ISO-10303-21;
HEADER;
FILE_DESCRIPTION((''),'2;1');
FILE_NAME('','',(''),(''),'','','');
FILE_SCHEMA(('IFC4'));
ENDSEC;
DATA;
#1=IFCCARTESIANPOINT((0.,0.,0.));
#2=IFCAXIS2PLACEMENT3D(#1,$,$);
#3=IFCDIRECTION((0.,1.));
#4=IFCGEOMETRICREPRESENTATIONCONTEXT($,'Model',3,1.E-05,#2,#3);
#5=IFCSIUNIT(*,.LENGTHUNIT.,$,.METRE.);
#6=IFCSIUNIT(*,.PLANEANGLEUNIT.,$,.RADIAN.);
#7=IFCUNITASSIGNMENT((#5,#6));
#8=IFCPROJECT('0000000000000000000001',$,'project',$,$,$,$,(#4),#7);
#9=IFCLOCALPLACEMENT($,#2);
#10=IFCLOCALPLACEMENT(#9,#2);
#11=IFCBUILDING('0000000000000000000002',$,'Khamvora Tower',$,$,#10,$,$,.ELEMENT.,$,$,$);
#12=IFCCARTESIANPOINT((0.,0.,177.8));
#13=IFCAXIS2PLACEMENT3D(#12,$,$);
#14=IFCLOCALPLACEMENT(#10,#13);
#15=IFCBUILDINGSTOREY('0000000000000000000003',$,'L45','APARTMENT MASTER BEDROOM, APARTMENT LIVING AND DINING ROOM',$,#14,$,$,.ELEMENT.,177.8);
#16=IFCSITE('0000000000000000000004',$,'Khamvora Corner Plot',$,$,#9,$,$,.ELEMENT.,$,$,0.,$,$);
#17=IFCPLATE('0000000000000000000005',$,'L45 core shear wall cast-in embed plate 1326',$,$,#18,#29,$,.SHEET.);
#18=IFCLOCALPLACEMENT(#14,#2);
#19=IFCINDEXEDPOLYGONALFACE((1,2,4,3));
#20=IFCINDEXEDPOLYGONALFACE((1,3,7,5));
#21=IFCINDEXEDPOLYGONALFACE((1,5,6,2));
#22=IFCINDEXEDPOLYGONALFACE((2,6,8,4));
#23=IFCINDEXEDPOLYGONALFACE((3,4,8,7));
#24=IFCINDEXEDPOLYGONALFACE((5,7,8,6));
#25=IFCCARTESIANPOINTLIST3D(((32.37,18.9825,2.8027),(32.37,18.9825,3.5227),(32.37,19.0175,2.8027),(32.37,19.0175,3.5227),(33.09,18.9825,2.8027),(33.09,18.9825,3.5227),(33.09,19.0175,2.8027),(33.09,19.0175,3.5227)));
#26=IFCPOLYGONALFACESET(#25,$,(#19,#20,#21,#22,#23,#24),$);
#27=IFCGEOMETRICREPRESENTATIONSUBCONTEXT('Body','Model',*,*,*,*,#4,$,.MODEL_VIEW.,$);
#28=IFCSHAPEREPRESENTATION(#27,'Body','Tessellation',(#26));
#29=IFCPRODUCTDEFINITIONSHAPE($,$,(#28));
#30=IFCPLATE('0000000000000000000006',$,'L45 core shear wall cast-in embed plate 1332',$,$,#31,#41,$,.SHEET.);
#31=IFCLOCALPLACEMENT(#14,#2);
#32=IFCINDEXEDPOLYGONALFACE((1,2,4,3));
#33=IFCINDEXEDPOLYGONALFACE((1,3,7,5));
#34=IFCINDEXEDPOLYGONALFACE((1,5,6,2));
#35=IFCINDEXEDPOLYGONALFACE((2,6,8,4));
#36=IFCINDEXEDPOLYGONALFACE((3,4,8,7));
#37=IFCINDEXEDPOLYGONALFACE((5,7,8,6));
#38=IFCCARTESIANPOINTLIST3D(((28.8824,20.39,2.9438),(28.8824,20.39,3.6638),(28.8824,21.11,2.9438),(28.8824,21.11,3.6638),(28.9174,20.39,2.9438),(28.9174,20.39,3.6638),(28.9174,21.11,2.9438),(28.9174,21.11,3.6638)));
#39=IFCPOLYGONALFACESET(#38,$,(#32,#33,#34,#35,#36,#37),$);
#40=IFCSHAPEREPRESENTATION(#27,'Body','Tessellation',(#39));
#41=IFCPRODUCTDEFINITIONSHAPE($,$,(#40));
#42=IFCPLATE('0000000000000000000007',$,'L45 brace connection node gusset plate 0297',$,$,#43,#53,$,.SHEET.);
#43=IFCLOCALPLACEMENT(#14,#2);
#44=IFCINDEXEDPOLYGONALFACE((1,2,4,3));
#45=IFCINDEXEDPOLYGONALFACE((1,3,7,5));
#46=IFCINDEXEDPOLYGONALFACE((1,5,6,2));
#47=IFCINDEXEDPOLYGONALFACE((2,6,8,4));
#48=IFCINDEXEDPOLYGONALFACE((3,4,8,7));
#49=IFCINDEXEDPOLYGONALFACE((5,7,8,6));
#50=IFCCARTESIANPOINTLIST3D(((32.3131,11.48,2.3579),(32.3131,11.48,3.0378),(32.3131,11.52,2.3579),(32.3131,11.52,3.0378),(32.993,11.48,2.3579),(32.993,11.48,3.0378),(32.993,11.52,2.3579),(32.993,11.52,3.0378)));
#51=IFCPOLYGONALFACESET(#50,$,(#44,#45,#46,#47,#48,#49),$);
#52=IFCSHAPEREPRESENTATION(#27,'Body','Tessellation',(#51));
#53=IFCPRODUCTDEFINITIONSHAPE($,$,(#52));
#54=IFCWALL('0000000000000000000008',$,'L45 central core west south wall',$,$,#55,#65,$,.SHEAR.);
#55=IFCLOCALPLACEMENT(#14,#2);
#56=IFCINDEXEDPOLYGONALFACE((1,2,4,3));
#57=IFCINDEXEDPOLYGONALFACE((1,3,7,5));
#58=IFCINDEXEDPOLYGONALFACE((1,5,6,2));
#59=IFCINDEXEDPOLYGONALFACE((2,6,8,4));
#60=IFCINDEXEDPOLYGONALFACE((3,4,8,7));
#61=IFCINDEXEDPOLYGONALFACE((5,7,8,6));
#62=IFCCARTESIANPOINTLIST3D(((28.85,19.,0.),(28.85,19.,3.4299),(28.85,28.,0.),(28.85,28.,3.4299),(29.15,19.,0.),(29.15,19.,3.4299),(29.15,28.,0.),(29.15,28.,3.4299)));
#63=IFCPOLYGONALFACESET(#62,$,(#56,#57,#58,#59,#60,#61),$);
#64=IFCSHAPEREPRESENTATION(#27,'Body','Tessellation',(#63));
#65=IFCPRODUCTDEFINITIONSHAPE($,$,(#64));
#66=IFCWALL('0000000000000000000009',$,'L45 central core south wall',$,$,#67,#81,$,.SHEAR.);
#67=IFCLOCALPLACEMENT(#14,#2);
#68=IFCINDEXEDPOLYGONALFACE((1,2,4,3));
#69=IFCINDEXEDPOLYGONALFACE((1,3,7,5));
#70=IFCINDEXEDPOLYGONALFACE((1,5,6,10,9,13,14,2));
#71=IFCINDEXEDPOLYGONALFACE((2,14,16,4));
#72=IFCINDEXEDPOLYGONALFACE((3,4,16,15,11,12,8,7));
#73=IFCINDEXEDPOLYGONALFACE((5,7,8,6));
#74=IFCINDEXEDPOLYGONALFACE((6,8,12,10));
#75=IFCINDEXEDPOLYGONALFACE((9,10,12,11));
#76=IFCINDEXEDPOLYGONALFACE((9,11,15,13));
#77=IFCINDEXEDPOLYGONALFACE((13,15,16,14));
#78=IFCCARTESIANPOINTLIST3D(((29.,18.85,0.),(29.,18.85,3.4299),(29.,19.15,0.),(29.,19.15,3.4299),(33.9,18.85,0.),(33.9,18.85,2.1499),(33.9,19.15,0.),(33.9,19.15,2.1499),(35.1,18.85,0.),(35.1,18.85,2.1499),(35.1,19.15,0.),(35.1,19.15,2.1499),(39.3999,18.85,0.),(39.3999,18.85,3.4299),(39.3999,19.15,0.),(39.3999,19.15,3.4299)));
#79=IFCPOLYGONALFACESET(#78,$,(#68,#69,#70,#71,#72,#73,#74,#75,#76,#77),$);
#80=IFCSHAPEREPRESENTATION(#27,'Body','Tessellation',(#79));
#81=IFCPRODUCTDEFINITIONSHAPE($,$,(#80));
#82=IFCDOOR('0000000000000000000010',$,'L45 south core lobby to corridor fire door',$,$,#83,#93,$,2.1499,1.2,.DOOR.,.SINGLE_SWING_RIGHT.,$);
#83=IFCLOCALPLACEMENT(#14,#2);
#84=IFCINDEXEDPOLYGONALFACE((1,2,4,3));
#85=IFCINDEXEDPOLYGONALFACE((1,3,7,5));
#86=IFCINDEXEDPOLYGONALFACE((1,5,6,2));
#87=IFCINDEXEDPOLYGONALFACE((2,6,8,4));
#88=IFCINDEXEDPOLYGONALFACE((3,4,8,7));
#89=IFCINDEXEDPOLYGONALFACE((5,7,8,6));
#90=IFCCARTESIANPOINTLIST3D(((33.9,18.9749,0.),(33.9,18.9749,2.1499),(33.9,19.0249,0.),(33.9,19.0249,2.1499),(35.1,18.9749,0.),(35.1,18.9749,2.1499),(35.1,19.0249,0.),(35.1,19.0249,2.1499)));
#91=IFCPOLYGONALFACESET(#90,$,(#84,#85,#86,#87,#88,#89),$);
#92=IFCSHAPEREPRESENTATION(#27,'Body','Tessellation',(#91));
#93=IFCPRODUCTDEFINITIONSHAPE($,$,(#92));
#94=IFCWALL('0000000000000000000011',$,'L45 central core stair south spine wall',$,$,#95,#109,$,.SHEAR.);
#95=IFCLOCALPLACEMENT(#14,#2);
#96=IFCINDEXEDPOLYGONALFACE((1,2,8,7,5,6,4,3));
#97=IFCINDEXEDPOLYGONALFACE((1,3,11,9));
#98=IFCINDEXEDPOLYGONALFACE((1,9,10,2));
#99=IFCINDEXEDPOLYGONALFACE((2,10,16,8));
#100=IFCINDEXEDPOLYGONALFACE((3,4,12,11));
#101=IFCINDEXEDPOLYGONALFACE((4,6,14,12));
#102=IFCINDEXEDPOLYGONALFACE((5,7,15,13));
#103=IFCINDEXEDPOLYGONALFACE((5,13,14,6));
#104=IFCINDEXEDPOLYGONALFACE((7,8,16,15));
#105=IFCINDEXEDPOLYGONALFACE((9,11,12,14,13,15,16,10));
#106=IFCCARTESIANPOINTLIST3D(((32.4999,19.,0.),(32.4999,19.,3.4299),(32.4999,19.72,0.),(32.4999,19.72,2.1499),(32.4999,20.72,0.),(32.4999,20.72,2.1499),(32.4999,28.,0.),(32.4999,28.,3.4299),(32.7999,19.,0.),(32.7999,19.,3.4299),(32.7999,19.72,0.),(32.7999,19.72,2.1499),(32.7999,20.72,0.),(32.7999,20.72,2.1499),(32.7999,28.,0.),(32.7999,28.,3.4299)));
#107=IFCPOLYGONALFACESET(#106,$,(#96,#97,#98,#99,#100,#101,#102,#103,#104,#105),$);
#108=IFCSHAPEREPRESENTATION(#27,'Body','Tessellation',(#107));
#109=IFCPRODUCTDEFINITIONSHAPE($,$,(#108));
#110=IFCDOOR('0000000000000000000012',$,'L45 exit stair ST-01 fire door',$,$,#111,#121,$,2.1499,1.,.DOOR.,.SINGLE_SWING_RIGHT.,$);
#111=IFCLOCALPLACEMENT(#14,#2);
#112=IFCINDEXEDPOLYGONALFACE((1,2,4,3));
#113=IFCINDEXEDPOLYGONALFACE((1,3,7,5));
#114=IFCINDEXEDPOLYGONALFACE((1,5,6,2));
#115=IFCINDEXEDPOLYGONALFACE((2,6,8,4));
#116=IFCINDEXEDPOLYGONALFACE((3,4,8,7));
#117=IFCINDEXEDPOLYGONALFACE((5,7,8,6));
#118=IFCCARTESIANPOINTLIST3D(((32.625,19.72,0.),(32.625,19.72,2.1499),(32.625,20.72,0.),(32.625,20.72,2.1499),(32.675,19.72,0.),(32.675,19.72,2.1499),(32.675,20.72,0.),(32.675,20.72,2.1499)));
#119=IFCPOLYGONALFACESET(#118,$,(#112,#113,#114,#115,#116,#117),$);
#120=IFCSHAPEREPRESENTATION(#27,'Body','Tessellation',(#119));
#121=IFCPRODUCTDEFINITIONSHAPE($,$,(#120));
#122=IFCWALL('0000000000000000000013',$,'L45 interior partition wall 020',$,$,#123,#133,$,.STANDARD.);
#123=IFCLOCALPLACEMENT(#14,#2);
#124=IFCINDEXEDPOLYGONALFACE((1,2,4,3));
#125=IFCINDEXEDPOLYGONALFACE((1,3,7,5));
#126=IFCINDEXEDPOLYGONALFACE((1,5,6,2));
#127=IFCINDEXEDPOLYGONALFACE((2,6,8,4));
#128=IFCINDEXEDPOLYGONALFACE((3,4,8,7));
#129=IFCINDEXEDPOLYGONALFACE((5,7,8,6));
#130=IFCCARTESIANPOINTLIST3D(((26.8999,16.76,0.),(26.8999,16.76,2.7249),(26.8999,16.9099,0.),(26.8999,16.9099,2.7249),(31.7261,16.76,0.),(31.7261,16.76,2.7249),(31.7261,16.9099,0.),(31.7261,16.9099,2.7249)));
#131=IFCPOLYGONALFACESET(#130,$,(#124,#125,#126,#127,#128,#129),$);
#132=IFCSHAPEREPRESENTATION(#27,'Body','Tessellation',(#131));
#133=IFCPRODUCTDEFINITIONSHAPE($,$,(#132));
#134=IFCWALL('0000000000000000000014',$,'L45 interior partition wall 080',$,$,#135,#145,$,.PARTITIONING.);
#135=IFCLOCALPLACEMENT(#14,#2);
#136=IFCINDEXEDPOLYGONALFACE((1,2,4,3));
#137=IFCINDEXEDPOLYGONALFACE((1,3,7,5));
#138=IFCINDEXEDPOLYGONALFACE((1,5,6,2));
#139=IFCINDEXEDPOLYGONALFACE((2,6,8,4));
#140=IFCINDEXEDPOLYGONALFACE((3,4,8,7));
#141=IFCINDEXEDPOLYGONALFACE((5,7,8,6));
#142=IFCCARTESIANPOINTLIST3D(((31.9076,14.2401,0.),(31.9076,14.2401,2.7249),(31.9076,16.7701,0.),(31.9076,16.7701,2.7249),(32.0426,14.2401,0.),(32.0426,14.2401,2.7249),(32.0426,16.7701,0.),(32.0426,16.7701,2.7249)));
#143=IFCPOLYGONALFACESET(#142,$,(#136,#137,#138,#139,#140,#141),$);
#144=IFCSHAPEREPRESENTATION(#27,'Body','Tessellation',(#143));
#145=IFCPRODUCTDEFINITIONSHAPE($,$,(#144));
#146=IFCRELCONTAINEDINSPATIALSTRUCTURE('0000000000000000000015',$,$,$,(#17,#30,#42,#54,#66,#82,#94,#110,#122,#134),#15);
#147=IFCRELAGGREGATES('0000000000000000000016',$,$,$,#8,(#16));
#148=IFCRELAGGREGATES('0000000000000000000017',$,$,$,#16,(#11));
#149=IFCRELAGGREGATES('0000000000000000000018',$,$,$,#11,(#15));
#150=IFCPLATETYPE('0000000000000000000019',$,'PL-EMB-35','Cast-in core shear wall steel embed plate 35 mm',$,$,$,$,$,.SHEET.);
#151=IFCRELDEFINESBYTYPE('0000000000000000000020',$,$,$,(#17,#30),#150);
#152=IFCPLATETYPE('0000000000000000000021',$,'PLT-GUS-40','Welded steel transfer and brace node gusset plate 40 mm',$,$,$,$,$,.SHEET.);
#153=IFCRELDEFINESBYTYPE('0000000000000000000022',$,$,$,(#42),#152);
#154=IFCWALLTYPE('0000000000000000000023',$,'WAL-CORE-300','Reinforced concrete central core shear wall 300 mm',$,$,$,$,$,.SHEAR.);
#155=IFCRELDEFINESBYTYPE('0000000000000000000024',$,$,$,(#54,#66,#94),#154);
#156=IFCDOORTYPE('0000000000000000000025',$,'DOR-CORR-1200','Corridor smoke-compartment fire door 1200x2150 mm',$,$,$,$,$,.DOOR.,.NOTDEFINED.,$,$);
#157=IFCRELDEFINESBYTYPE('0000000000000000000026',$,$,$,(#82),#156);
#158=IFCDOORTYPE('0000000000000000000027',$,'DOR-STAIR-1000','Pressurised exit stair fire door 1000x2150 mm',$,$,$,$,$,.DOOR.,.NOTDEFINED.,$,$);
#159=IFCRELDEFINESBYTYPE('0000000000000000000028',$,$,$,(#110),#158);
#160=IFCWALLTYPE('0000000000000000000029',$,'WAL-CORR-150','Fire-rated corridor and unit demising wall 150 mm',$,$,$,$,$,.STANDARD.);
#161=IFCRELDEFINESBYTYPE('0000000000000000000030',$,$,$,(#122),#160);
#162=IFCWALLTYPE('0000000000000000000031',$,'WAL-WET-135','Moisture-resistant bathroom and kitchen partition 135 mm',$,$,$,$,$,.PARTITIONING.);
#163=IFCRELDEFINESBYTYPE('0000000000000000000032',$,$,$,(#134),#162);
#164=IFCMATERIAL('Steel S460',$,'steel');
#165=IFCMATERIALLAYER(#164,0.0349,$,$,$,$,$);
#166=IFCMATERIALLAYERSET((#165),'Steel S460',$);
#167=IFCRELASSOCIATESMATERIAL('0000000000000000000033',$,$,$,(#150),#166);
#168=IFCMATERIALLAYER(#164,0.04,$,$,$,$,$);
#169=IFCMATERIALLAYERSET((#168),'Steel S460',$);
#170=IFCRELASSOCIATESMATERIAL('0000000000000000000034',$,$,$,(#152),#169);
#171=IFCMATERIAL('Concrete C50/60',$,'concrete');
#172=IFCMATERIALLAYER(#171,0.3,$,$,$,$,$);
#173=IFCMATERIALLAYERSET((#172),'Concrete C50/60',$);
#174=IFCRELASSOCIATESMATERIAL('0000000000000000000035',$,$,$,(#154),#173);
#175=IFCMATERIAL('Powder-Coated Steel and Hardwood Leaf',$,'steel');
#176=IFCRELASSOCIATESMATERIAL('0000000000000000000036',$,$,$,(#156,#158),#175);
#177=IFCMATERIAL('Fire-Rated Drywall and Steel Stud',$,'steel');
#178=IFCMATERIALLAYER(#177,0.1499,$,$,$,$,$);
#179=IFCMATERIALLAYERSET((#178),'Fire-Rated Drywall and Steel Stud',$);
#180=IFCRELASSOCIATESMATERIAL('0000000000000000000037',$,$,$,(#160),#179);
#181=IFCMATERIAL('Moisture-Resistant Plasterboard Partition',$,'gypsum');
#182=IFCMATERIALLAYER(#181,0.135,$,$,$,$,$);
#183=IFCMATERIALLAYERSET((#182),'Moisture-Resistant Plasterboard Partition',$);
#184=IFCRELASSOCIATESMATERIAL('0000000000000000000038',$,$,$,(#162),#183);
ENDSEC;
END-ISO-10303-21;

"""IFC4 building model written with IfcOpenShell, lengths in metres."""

from ifc_helpers import new_model, si_unit, direction, frame, frame_2d, origin, origin_2d, place, context, subcontext, project, spatial, rectangle, extrude, material, layer, layer_set, type_object, element, fill, save


model = new_model("IFC4")

# Units and contexts
model_context = context("Model", 3, precision=1e-05, world=origin(), true_north=direction((0.0, 1.0)))
body_context = subcontext(model_context, "Body", "Model", "MODEL_VIEW")
ifc_project = project(units=[si_unit("LENGTHUNIT", "METRE"), si_unit("PLANEANGLEUNIT", "RADIAN")], contexts=[model_context])

# Site, building, storey
site_placement = place(None, origin())
site = spatial("IfcSite", under=ifc_project, at=site_placement, Name="Khamvora Corner Plot", CompositionType="ELEMENT", RefElevation=0.0)
building_placement = place(site_placement, origin())
building = spatial("IfcBuilding", under=site, at=building_placement, Name="Khamvora Tower", CompositionType="ELEMENT")
storey_placement = place(building_placement, frame((0.0, 0.0, 177.8)))
storey = spatial("IfcBuildingStorey", under=building, at=storey_placement, Name="L45", Description="APARTMENT MASTER BEDROOM, APARTMENT LIVING AND DINING ROOM", CompositionType="ELEMENT", Elevation=177.8)

# Shared definitions
ifc_material_1 = material(Name="Steel S460", Category="steel")

# Plates
ifc_layer_1 = layer(ifc_material_1, 0.0349)
ifc_layer_set_1 = layer_set([ifc_layer_1], Name="Steel S460")
plate_type_1 = type_object("IfcPlateType", Name="PL-EMB-35", Description="Cast-in core shear wall steel embed plate 35 mm", PredefinedType="SHEET", material=ifc_layer_set_1)
plate_1_placement = place(storey_placement, frame((32.73, 19.0, 2.8027), z_axis=(0.0, 0.0, 1.0), x_axis=(1.0, 0.0, 0.0)))
element("IfcPlate", 1, at=plate_1_placement, inside=storey, type_object=plate_type_1, Name="L45 core shear wall cast-in embed plate 1326", PredefinedType="SHEET", context=body_context, shape_type="SweptSolid", body=[
    extrude(rectangle(XDim=0.72, YDim=0.0349, at=origin_2d()), origin(), (0.0, 0.0, 1.0), 0.72),
])
plate_2_placement = place(storey_placement, frame((28.8999, 20.75, 2.9438), z_axis=(0.0, 0.0, 1.0), x_axis=(1.0, 0.0, 0.0)))
element("IfcPlate", 2, at=plate_2_placement, inside=storey, type_object=plate_type_1, Name="L45 core shear wall cast-in embed plate 1332", PredefinedType="SHEET", context=body_context, shape_type="SweptSolid", body=[
    extrude(rectangle(XDim=0.0349, YDim=0.72, at=origin_2d()), origin(), (0.0, 0.0, 1.0), 0.72),
])
ifc_layer_2 = layer(ifc_material_1, 0.04)
ifc_layer_set_2 = layer_set([ifc_layer_2], Name="Steel S460")
plate_type_2 = type_object("IfcPlateType", Name="PLT-GUS-40", Description="Welded steel transfer and brace node gusset plate 40 mm", PredefinedType="SHEET", material=ifc_layer_set_2)
plate_3_placement = place(storey_placement, frame((32.6531, 11.5, 2.3579), z_axis=(0.0, 0.0, 1.0), x_axis=(1.0, 0.0, 0.0)))
element("IfcPlate", 3, at=plate_3_placement, inside=storey, type_object=plate_type_2, Name="L45 brace connection node gusset plate 0297", PredefinedType="SHEET", context=body_context, shape_type="SweptSolid", body=[
    extrude(rectangle(XDim=0.6799, YDim=0.04, at=origin_2d()), origin(), (0.0, 0.0, 1.0), 0.6799),
])

# Wall
ifc_material_2 = material(Name="Concrete C50/60", Category="concrete")
ifc_layer_3 = layer(ifc_material_2, 0.3)
ifc_layer_set_3 = layer_set([ifc_layer_3], Name="Concrete C50/60")
wall_type_1 = type_object("IfcWallType", Name="WAL-CORE-300", Description="Reinforced concrete central core shear wall 300 mm", PredefinedType="SHEAR", material=ifc_layer_set_3)
wall_1_placement = place(storey_placement, frame((29.0, 19.0, 0.0), z_axis=(0.0, 0.0, 1.0), x_axis=(0.0, 1.0, 0.0)))
element("IfcWall", 4, at=wall_1_placement, inside=storey, type_object=wall_type_1, Name="L45 central core west south wall", PredefinedType="SHEAR", context=body_context, shape_type="SweptSolid", body=[
    extrude(rectangle(XDim=9.0, YDim=0.3, at=frame_2d((4.5, 0.0))), origin(), (0.0, 0.0, 1.0), 3.4299),
])

# Walls, openings, doors
wall_2_placement = place(storey_placement, frame((29.0, 19.0, 0.0), z_axis=(0.0, 0.0, 1.0), x_axis=(1.0, 0.0, 0.0)))
wall_2 = element("IfcWall", 5, at=wall_2_placement, inside=storey, type_object=wall_type_1, Name="L45 central core south wall", PredefinedType="SHEAR", context=body_context, shape_type="SweptSolid", body=[
    extrude(rectangle(XDim=10.3999, YDim=0.3, at=frame_2d((5.2, 0.0))), origin(), (0.0, 0.0, 1.0), 3.4299),
])
opening_1_placement = place(wall_2_placement, frame((4.8999, 0.0, 0.0)))
opening_1 = element("IfcOpeningElement", 6, at=opening_1_placement, cuts=wall_2, PredefinedType="OPENING", context=body_context, shape_type="SweptSolid", body=[
    extrude(rectangle(XDim=1.2, YDim=2.1499, at=frame_2d((0.6001, 1.075))), frame((0.0, 0.1599, 0.0), z_axis=(0.0, -1.0, 0.0), x_axis=(1.0, 0.0, 0.0)), (0.0, 0.0, 1.0), 0.3201),
])
ifc_material_3 = material(Name="Powder-Coated Steel and Hardwood Leaf", Category="steel")
door_type_1 = type_object("IfcDoorType", Name="DOR-CORR-1200", Description="Corridor smoke-compartment fire door 1200x2150 mm", OperationType="NOTDEFINED", PredefinedType="DOOR", material=ifc_material_3)
door_1_placement = place(opening_1_placement, origin())
door_1 = element("IfcDoor", 7, at=door_1_placement, inside=storey, type_object=door_type_1, Name="L45 south core lobby to corridor fire door", OperationType="SINGLE_SWING_RIGHT", OverallHeight=2.1499, OverallWidth=1.2, PredefinedType="DOOR", context=body_context, shape_type="SweptSolid", body=[
    extrude(rectangle(XDim=1.2, YDim=2.1499, at=frame_2d((0.6001, 1.075))), frame((0.0, 0.0249, 0.0), z_axis=(0.0, -1.0, 0.0), x_axis=(1.0, 0.0, 0.0)), (0.0, 0.0, 1.0), 0.05),
])
fill(opening_1, door_1)
wall_3_placement = place(storey_placement, frame((32.6499, 19.0, 0.0), z_axis=(0.0, 0.0, 1.0), x_axis=(0.0, 1.0, 0.0)))
wall_3 = element("IfcWall", 8, at=wall_3_placement, inside=storey, type_object=wall_type_1, Name="L45 central core stair south spine wall", PredefinedType="SHEAR", context=body_context, shape_type="SweptSolid", body=[
    extrude(rectangle(XDim=9.0, YDim=0.3, at=frame_2d((4.5, 0.0))), origin(), (0.0, 0.0, 1.0), 3.4299),
])
opening_2_placement = place(wall_3_placement, frame((0.72, 0.0, 0.0)))
opening_2 = element("IfcOpeningElement", 9, at=opening_2_placement, cuts=wall_3, PredefinedType="OPENING", context=body_context, shape_type="SweptSolid", body=[
    extrude(rectangle(XDim=1.0, YDim=2.1499, at=frame_2d((0.5, 1.075))), frame((0.0, 0.1599, 0.0), z_axis=(0.0, -1.0, 0.0), x_axis=(1.0, 0.0, 0.0)), (0.0, 0.0, 1.0), 0.3201),
])
door_type_2 = type_object("IfcDoorType", Name="DOR-STAIR-1000", Description="Pressurised exit stair fire door 1000x2150 mm", OperationType="NOTDEFINED", PredefinedType="DOOR", material=ifc_material_3)
door_2_placement = place(opening_2_placement, origin())
door_2 = element("IfcDoor", 10, at=door_2_placement, inside=storey, type_object=door_type_2, Name="L45 exit stair ST-01 fire door", OperationType="SINGLE_SWING_RIGHT", OverallHeight=2.1499, OverallWidth=1.0, PredefinedType="DOOR", context=body_context, shape_type="SweptSolid", body=[
    extrude(rectangle(XDim=1.0, YDim=2.1499, at=frame_2d((0.5, 1.075))), frame((0.0, 0.0249, 0.0), z_axis=(0.0, -1.0, 0.0), x_axis=(1.0, 0.0, 0.0)), (0.0, 0.0, 1.0), 0.05),
])
fill(opening_2, door_2)

# Walls
ifc_material_4 = material(Name="Fire-Rated Drywall and Steel Stud", Category="steel")
ifc_layer_4 = layer(ifc_material_4, 0.1499)
ifc_layer_set_4 = layer_set([ifc_layer_4], Name="Fire-Rated Drywall and Steel Stud")
wall_type_2 = type_object("IfcWallType", Name="WAL-CORR-150", Description="Fire-rated corridor and unit demising wall 150 mm", PredefinedType="STANDARD", material=ifc_layer_set_4)
wall_4_placement = place(storey_placement, frame((31.7261, 16.835, 0.0), z_axis=(0.0, 0.0, 1.0), x_axis=(-1.0, 0.0, 0.0)))
element("IfcWall", 11, at=wall_4_placement, inside=storey, type_object=wall_type_2, Name="L45 interior partition wall 020", PredefinedType="STANDARD", context=body_context, shape_type="SweptSolid", body=[
    extrude(rectangle(XDim=4.8262, YDim=0.1499, at=frame_2d((2.4131, 0.0))), origin(), (0.0, 0.0, 1.0), 2.7249),
])
ifc_material_5 = material(Name="Moisture-Resistant Plasterboard Partition", Category="gypsum")
ifc_layer_5 = layer(ifc_material_5, 0.135)
ifc_layer_set_5 = layer_set([ifc_layer_5], Name="Moisture-Resistant Plasterboard Partition")
wall_type_3 = type_object("IfcWallType", Name="WAL-WET-135", Description="Moisture-resistant bathroom and kitchen partition 135 mm", PredefinedType="PARTITIONING", material=ifc_layer_set_5)
wall_5_placement = place(storey_placement, frame((31.9751, 14.24, 0.0), z_axis=(0.0, 0.0, 1.0), x_axis=(0.0, 1.0, 0.0)))
element("IfcWall", 12, at=wall_5_placement, inside=storey, type_object=wall_type_3, Name="L45 interior partition wall 080", PredefinedType="PARTITIONING", context=body_context, shape_type="SweptSolid", body=[
    extrude(rectangle(XDim=2.53, YDim=0.135, at=frame_2d((1.2651, 0.0))), origin(), (0.0, 0.0, 1.0), 2.7249),
])

save(model, "model.ifc")
